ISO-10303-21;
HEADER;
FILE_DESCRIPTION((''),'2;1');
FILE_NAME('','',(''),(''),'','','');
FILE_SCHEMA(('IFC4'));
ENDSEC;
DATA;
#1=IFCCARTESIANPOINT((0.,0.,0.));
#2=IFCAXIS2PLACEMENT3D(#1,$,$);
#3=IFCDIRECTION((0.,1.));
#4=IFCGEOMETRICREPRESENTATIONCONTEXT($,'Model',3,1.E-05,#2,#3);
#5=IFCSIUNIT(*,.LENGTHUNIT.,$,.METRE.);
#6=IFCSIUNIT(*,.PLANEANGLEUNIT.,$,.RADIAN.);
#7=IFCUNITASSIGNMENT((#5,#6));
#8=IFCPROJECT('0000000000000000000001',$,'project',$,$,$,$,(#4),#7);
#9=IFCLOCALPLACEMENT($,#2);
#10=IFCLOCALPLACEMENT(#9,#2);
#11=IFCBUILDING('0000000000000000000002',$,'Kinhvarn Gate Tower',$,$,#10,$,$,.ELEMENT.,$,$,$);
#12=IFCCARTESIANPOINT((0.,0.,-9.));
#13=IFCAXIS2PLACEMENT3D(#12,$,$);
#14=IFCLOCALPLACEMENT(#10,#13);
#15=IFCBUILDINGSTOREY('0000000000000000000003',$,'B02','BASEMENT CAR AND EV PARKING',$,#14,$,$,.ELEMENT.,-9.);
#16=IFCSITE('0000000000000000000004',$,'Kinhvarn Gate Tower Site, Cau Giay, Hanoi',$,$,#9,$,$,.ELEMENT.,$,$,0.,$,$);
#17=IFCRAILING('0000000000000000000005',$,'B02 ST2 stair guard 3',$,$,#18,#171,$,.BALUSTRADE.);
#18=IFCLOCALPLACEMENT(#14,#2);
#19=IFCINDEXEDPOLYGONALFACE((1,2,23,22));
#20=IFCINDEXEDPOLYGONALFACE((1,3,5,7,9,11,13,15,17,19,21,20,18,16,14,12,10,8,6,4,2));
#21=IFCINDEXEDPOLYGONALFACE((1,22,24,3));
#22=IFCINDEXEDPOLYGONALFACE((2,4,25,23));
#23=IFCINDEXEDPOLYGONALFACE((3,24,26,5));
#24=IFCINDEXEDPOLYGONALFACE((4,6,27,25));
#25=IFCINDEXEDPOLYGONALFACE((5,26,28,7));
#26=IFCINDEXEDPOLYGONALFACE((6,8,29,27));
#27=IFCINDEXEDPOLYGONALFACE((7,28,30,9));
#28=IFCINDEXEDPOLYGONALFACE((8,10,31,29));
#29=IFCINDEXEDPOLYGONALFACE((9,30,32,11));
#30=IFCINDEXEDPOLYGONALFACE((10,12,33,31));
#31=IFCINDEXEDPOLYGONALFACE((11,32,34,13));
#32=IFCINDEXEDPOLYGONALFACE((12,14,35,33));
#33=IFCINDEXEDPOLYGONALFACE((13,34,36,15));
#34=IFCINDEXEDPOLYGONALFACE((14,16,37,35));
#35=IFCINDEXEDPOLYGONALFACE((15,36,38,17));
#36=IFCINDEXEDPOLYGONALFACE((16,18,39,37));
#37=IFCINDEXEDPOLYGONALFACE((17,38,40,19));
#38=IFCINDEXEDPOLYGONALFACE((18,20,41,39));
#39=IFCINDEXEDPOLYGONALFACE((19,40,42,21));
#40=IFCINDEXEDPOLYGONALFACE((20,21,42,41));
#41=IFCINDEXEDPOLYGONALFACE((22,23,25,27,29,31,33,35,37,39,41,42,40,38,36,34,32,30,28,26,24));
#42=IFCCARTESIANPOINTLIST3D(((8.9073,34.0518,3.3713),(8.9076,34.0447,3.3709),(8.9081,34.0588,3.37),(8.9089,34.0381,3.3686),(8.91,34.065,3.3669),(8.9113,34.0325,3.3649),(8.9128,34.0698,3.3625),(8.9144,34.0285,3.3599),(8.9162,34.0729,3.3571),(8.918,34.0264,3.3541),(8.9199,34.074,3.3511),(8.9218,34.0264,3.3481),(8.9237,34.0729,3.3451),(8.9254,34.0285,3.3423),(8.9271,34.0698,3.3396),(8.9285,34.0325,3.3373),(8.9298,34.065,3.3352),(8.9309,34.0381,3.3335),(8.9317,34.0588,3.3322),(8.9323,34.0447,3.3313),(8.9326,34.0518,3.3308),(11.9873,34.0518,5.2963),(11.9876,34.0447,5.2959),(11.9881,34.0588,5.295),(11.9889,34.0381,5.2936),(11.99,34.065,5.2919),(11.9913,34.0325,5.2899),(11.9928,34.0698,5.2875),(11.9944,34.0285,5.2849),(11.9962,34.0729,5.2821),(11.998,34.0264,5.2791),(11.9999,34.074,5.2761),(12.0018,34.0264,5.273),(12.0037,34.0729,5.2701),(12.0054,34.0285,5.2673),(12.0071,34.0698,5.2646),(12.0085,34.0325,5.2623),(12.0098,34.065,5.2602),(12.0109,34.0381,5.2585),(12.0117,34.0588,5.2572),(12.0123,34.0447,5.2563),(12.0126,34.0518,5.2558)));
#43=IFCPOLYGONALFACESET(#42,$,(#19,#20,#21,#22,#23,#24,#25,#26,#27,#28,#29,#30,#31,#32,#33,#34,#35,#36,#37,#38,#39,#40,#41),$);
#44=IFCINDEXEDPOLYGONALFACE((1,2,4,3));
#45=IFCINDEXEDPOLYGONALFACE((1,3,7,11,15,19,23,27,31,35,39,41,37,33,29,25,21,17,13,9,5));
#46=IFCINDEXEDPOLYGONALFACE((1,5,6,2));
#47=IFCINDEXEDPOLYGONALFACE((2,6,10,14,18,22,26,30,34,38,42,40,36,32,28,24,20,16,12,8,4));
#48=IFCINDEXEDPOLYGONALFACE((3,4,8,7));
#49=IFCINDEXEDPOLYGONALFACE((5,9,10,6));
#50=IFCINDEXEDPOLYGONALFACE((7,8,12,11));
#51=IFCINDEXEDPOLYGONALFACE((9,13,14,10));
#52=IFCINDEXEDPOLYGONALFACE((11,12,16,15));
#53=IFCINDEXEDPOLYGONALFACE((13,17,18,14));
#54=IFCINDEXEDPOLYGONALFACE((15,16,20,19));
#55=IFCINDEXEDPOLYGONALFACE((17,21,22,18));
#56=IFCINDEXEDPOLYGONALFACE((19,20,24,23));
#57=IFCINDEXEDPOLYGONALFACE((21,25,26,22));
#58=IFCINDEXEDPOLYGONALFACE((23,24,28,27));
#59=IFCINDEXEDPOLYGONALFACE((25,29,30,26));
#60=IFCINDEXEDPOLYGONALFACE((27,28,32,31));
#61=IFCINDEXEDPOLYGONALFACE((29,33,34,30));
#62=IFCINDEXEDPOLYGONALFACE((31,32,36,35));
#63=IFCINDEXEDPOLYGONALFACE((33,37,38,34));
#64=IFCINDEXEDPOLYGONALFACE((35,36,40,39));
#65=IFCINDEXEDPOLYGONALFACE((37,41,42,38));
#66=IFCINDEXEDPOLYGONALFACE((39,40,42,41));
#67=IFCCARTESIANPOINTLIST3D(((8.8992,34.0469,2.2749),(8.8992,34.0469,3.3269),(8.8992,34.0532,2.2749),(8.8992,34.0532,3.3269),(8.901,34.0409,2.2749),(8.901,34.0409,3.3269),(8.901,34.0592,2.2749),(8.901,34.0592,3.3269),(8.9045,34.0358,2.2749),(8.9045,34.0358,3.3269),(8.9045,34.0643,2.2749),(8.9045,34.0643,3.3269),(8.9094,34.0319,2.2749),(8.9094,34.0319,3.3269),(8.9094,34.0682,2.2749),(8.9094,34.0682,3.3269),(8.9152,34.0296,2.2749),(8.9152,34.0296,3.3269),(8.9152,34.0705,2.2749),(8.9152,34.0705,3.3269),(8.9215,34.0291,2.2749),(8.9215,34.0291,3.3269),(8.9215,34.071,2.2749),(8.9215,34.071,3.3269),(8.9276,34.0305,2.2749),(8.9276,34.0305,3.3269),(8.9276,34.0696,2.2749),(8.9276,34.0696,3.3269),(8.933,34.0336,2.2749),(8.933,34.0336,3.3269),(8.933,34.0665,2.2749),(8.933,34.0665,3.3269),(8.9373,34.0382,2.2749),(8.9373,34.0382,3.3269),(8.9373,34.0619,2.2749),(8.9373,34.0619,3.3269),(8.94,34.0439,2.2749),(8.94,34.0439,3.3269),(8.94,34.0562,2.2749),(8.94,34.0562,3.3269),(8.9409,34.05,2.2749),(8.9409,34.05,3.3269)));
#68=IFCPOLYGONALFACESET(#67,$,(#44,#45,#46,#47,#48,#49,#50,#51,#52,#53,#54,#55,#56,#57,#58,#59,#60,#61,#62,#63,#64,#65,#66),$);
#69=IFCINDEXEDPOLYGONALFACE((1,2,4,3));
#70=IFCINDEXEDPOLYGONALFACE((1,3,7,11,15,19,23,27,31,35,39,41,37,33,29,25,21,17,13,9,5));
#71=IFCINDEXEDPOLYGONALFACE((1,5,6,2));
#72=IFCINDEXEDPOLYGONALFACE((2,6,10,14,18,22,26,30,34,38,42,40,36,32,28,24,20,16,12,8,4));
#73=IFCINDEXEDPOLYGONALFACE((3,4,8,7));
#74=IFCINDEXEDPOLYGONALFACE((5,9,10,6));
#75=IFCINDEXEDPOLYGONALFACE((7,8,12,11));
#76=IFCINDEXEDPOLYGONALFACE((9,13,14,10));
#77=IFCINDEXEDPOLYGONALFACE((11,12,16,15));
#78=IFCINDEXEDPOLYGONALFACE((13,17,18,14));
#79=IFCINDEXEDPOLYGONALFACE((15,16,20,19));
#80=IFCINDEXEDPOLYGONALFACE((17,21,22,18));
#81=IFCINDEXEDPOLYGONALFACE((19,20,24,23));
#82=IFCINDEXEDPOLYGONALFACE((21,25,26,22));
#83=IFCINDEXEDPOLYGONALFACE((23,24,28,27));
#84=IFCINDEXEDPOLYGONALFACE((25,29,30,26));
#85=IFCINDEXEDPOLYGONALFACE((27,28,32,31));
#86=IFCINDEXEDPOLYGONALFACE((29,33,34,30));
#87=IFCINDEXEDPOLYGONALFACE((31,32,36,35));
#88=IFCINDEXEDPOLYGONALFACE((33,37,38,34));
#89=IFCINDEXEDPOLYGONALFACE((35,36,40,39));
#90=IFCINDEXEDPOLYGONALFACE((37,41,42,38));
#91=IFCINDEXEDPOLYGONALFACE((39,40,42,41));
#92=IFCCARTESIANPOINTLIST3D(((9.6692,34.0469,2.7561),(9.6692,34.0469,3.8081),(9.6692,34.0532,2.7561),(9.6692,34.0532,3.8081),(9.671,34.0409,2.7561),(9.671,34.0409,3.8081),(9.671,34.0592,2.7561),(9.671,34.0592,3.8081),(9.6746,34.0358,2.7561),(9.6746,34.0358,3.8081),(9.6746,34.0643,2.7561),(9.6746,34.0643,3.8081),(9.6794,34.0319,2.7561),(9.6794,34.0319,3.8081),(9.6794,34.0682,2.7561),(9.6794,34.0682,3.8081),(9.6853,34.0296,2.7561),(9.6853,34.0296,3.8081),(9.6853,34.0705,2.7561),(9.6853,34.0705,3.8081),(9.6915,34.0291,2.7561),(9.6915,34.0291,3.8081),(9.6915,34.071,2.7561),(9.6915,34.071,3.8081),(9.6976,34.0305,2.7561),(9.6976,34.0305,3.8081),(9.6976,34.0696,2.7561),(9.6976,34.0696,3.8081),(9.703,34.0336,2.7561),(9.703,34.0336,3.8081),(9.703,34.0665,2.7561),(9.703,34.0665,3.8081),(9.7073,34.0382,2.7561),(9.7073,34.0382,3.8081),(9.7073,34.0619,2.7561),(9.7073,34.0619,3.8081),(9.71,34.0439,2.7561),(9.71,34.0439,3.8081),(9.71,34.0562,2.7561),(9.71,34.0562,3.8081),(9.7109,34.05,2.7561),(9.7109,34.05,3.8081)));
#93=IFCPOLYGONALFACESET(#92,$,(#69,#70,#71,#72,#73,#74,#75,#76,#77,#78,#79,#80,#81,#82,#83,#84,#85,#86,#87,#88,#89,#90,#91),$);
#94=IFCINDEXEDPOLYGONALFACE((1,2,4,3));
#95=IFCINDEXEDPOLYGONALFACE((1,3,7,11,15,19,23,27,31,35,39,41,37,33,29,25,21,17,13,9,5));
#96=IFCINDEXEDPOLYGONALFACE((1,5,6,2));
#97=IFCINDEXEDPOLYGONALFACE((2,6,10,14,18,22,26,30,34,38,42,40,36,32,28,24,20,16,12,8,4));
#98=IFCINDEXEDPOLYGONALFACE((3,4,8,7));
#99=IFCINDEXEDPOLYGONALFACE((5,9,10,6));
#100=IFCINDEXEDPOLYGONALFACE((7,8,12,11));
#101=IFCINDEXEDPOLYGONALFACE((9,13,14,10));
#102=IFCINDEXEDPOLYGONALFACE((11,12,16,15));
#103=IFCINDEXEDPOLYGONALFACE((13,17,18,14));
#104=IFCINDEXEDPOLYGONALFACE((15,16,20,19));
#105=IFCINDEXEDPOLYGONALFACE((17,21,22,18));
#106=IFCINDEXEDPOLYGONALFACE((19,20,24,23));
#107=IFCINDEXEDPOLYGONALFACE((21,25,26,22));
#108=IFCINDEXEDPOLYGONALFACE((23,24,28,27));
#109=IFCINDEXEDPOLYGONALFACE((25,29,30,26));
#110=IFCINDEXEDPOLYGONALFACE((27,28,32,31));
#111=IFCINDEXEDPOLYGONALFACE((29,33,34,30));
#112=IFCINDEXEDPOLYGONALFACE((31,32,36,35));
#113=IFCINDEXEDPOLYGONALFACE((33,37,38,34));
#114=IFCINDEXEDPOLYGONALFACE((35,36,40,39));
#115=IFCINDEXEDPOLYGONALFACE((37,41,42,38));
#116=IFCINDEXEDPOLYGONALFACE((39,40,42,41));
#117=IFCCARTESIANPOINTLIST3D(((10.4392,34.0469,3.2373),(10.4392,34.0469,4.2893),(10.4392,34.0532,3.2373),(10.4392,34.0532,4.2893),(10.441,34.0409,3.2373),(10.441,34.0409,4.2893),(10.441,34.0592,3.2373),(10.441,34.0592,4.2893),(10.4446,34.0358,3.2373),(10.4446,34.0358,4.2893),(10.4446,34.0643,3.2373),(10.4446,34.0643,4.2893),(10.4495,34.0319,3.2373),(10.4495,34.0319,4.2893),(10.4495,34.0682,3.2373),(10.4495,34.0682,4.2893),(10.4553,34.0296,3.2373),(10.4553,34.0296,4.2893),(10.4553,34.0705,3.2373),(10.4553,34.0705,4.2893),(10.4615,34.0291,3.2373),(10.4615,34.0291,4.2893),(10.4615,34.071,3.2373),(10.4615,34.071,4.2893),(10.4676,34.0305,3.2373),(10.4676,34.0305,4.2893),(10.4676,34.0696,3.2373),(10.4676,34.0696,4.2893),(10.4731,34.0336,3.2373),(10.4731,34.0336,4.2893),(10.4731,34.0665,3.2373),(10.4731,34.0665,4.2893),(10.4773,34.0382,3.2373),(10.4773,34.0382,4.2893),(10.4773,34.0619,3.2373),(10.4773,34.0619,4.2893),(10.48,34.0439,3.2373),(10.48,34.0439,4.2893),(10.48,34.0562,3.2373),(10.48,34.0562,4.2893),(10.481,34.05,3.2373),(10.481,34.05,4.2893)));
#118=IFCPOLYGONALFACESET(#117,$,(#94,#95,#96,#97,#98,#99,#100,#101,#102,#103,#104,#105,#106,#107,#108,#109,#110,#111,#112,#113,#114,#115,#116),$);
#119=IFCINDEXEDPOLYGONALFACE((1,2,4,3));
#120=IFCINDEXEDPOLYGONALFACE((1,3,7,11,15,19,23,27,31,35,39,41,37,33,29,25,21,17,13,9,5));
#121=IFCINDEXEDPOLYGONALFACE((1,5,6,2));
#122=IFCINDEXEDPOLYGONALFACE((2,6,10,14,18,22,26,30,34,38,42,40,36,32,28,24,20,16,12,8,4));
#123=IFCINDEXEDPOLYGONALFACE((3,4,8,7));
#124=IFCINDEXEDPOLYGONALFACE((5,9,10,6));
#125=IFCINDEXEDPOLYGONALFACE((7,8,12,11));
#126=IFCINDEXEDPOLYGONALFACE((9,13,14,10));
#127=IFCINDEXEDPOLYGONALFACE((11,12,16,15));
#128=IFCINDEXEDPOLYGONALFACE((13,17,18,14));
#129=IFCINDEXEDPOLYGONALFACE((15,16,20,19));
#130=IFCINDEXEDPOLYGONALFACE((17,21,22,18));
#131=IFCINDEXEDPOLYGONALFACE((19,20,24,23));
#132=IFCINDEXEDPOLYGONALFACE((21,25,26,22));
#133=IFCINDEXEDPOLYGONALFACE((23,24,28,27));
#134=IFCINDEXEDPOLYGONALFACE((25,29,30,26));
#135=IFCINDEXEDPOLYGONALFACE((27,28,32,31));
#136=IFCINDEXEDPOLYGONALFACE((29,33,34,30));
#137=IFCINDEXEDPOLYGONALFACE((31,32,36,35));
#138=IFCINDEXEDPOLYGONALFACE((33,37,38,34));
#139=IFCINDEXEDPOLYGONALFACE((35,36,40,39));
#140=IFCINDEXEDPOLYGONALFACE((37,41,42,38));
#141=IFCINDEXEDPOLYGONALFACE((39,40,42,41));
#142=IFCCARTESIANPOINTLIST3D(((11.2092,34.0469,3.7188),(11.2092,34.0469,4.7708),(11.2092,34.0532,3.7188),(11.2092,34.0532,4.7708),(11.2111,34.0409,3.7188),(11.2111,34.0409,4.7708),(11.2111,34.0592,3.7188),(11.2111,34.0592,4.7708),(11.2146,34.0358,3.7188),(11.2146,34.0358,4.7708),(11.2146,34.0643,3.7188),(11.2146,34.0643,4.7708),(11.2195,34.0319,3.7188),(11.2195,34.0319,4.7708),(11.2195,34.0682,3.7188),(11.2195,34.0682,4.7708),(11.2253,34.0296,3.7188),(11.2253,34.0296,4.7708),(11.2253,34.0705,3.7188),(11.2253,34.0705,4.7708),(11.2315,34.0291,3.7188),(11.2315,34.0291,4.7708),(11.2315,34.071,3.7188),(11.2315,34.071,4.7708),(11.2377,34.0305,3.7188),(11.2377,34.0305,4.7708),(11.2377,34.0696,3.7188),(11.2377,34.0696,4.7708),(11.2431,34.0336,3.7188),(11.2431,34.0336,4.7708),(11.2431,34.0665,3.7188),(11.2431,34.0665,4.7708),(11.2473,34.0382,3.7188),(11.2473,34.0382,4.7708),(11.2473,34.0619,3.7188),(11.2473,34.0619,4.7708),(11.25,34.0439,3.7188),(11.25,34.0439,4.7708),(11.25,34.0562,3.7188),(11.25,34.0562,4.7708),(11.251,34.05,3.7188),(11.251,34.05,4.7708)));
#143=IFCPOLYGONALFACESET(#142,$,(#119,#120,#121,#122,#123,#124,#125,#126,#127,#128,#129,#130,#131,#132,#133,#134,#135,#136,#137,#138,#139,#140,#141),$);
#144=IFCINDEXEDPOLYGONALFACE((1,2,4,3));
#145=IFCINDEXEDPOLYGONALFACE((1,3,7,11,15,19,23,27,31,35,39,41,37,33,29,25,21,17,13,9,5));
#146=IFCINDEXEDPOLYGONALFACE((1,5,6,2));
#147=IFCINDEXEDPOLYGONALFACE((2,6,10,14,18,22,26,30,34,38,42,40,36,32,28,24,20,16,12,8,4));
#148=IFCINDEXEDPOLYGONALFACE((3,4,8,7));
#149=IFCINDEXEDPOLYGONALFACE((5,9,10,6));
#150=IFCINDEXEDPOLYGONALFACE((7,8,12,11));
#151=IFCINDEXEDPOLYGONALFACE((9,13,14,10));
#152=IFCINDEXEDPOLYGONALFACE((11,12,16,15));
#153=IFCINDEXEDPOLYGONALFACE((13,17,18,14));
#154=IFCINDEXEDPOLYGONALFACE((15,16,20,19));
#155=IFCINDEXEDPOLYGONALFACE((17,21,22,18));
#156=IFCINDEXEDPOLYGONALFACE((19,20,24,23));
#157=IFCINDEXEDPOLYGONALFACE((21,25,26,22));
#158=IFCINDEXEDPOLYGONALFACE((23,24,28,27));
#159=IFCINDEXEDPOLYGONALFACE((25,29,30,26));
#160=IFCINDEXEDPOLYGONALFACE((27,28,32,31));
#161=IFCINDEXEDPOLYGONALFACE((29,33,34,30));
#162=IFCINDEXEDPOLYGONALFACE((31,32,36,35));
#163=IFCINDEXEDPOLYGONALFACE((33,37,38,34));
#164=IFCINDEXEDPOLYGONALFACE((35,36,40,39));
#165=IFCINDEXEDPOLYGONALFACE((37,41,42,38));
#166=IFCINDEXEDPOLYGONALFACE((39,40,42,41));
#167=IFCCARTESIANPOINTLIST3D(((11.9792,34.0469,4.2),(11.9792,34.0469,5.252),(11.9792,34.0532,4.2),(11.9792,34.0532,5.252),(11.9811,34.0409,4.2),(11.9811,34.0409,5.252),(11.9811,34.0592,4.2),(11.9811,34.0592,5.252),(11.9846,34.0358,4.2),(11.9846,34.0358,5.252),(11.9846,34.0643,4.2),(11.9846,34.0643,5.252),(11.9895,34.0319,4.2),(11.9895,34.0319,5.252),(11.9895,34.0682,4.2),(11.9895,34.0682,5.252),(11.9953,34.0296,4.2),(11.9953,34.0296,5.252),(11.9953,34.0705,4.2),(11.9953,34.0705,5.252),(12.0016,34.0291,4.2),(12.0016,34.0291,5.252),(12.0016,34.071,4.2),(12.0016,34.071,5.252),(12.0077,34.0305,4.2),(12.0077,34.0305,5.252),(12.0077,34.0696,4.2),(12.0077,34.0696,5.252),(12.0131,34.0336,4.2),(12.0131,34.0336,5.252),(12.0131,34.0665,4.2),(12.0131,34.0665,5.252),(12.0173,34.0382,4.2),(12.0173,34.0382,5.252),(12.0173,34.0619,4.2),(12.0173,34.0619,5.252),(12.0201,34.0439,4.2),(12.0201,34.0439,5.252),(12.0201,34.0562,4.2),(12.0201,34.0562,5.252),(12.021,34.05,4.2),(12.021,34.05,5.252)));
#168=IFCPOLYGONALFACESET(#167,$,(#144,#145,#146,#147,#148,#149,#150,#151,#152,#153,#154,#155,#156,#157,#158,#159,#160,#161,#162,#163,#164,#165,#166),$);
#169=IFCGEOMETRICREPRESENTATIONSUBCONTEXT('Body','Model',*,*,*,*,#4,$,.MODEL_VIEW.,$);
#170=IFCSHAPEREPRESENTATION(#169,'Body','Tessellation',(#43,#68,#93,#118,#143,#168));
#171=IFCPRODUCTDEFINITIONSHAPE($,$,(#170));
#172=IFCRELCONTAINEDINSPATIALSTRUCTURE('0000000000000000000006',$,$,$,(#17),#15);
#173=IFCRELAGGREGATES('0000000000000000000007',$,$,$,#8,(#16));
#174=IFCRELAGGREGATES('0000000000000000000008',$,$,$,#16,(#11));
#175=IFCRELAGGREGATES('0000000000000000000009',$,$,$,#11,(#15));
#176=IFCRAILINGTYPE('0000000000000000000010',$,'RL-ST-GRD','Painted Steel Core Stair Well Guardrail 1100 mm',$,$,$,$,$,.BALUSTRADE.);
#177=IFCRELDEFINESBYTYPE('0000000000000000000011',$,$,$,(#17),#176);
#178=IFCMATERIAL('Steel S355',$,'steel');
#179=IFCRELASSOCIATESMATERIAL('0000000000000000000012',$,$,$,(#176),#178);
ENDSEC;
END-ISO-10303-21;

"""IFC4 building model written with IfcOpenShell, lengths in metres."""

from ifc_helpers import new_model, si_unit, direction, frame, origin, origin_2d, place, context, subcontext, project, spatial, circle, extrude, material, type_object, element, save


model = new_model("IFC4")

# Units and contexts
model_context = context("Model", 3, precision=1e-05, world=origin(), true_north=direction((0.0, 1.0)))
body_context = subcontext(model_context, "Body", "Model", "MODEL_VIEW")
ifc_project = project(units=[si_unit("LENGTHUNIT", "METRE"), si_unit("PLANEANGLEUNIT", "RADIAN")], contexts=[model_context])

# Site, building, storey
site_placement = place(None, origin())
site = spatial("IfcSite", under=ifc_project, at=site_placement, Name="Kinhvarn Gate Tower Site, Cau Giay, Hanoi", CompositionType="ELEMENT", RefElevation=0.0)
building_placement = place(site_placement, origin())
building = spatial("IfcBuilding", under=site, at=building_placement, Name="Kinhvarn Gate Tower", CompositionType="ELEMENT")
storey_placement = place(building_placement, frame((0.0, 0.0, -9.0)))
storey = spatial("IfcBuildingStorey", under=building, at=storey_placement, Name="B02", Description="BASEMENT CAR AND EV PARKING", CompositionType="ELEMENT", Elevation=-9.0)

# Shared definitions
ifc_material_1 = material(Name="Steel S355", Category="steel")

# Railing
railing_type_1 = type_object("IfcRailingType", Name="RL-ST-GRD", Description="Painted Steel Core Stair Well Guardrail 1100 mm", PredefinedType="BALUSTRADE", material=ifc_material_1)
railing_1_placement = place(storey_placement, frame((8.9199, 34.05, 2.2749)))
element("IfcRailing", 1, at=railing_1_placement, inside=storey, type_object=railing_type_1, Name="B02 ST2 stair guard 3", PredefinedType="BALUSTRADE", context=body_context, shape_type="SweptSolid", body=[
    extrude(circle(Radius=0.0239, at=origin_2d()), frame((0.0, 0.0, 1.0762), z_axis=(0.847998, 0.0, 0.529999), x_axis=(0.0, 1.0, 0.0)), (0.0, 0.0, 1.0), 3.6321),
    extrude(circle(Radius=0.021, at=origin_2d()), origin(), (0.0, 0.0, 1.0), 1.052),
    extrude(circle(Radius=0.021, at=origin_2d()), frame((0.77, 0.0, 0.4812)), (0.0, 0.0, 1.0), 1.052),
    extrude(circle(Radius=0.021, at=origin_2d()), frame((1.54, 0.0, 0.9624)), (0.0, 0.0, 1.0), 1.052),
    extrude(circle(Radius=0.021, at=origin_2d()), frame((2.3101, 0.0, 1.4438)), (0.0, 0.0, 1.0), 1.052),
    extrude(circle(Radius=0.021, at=origin_2d()), frame((3.0801, 0.0, 1.925)), (0.0, 0.0, 1.0), 1.052),
])

save(model, "model.ifc")
